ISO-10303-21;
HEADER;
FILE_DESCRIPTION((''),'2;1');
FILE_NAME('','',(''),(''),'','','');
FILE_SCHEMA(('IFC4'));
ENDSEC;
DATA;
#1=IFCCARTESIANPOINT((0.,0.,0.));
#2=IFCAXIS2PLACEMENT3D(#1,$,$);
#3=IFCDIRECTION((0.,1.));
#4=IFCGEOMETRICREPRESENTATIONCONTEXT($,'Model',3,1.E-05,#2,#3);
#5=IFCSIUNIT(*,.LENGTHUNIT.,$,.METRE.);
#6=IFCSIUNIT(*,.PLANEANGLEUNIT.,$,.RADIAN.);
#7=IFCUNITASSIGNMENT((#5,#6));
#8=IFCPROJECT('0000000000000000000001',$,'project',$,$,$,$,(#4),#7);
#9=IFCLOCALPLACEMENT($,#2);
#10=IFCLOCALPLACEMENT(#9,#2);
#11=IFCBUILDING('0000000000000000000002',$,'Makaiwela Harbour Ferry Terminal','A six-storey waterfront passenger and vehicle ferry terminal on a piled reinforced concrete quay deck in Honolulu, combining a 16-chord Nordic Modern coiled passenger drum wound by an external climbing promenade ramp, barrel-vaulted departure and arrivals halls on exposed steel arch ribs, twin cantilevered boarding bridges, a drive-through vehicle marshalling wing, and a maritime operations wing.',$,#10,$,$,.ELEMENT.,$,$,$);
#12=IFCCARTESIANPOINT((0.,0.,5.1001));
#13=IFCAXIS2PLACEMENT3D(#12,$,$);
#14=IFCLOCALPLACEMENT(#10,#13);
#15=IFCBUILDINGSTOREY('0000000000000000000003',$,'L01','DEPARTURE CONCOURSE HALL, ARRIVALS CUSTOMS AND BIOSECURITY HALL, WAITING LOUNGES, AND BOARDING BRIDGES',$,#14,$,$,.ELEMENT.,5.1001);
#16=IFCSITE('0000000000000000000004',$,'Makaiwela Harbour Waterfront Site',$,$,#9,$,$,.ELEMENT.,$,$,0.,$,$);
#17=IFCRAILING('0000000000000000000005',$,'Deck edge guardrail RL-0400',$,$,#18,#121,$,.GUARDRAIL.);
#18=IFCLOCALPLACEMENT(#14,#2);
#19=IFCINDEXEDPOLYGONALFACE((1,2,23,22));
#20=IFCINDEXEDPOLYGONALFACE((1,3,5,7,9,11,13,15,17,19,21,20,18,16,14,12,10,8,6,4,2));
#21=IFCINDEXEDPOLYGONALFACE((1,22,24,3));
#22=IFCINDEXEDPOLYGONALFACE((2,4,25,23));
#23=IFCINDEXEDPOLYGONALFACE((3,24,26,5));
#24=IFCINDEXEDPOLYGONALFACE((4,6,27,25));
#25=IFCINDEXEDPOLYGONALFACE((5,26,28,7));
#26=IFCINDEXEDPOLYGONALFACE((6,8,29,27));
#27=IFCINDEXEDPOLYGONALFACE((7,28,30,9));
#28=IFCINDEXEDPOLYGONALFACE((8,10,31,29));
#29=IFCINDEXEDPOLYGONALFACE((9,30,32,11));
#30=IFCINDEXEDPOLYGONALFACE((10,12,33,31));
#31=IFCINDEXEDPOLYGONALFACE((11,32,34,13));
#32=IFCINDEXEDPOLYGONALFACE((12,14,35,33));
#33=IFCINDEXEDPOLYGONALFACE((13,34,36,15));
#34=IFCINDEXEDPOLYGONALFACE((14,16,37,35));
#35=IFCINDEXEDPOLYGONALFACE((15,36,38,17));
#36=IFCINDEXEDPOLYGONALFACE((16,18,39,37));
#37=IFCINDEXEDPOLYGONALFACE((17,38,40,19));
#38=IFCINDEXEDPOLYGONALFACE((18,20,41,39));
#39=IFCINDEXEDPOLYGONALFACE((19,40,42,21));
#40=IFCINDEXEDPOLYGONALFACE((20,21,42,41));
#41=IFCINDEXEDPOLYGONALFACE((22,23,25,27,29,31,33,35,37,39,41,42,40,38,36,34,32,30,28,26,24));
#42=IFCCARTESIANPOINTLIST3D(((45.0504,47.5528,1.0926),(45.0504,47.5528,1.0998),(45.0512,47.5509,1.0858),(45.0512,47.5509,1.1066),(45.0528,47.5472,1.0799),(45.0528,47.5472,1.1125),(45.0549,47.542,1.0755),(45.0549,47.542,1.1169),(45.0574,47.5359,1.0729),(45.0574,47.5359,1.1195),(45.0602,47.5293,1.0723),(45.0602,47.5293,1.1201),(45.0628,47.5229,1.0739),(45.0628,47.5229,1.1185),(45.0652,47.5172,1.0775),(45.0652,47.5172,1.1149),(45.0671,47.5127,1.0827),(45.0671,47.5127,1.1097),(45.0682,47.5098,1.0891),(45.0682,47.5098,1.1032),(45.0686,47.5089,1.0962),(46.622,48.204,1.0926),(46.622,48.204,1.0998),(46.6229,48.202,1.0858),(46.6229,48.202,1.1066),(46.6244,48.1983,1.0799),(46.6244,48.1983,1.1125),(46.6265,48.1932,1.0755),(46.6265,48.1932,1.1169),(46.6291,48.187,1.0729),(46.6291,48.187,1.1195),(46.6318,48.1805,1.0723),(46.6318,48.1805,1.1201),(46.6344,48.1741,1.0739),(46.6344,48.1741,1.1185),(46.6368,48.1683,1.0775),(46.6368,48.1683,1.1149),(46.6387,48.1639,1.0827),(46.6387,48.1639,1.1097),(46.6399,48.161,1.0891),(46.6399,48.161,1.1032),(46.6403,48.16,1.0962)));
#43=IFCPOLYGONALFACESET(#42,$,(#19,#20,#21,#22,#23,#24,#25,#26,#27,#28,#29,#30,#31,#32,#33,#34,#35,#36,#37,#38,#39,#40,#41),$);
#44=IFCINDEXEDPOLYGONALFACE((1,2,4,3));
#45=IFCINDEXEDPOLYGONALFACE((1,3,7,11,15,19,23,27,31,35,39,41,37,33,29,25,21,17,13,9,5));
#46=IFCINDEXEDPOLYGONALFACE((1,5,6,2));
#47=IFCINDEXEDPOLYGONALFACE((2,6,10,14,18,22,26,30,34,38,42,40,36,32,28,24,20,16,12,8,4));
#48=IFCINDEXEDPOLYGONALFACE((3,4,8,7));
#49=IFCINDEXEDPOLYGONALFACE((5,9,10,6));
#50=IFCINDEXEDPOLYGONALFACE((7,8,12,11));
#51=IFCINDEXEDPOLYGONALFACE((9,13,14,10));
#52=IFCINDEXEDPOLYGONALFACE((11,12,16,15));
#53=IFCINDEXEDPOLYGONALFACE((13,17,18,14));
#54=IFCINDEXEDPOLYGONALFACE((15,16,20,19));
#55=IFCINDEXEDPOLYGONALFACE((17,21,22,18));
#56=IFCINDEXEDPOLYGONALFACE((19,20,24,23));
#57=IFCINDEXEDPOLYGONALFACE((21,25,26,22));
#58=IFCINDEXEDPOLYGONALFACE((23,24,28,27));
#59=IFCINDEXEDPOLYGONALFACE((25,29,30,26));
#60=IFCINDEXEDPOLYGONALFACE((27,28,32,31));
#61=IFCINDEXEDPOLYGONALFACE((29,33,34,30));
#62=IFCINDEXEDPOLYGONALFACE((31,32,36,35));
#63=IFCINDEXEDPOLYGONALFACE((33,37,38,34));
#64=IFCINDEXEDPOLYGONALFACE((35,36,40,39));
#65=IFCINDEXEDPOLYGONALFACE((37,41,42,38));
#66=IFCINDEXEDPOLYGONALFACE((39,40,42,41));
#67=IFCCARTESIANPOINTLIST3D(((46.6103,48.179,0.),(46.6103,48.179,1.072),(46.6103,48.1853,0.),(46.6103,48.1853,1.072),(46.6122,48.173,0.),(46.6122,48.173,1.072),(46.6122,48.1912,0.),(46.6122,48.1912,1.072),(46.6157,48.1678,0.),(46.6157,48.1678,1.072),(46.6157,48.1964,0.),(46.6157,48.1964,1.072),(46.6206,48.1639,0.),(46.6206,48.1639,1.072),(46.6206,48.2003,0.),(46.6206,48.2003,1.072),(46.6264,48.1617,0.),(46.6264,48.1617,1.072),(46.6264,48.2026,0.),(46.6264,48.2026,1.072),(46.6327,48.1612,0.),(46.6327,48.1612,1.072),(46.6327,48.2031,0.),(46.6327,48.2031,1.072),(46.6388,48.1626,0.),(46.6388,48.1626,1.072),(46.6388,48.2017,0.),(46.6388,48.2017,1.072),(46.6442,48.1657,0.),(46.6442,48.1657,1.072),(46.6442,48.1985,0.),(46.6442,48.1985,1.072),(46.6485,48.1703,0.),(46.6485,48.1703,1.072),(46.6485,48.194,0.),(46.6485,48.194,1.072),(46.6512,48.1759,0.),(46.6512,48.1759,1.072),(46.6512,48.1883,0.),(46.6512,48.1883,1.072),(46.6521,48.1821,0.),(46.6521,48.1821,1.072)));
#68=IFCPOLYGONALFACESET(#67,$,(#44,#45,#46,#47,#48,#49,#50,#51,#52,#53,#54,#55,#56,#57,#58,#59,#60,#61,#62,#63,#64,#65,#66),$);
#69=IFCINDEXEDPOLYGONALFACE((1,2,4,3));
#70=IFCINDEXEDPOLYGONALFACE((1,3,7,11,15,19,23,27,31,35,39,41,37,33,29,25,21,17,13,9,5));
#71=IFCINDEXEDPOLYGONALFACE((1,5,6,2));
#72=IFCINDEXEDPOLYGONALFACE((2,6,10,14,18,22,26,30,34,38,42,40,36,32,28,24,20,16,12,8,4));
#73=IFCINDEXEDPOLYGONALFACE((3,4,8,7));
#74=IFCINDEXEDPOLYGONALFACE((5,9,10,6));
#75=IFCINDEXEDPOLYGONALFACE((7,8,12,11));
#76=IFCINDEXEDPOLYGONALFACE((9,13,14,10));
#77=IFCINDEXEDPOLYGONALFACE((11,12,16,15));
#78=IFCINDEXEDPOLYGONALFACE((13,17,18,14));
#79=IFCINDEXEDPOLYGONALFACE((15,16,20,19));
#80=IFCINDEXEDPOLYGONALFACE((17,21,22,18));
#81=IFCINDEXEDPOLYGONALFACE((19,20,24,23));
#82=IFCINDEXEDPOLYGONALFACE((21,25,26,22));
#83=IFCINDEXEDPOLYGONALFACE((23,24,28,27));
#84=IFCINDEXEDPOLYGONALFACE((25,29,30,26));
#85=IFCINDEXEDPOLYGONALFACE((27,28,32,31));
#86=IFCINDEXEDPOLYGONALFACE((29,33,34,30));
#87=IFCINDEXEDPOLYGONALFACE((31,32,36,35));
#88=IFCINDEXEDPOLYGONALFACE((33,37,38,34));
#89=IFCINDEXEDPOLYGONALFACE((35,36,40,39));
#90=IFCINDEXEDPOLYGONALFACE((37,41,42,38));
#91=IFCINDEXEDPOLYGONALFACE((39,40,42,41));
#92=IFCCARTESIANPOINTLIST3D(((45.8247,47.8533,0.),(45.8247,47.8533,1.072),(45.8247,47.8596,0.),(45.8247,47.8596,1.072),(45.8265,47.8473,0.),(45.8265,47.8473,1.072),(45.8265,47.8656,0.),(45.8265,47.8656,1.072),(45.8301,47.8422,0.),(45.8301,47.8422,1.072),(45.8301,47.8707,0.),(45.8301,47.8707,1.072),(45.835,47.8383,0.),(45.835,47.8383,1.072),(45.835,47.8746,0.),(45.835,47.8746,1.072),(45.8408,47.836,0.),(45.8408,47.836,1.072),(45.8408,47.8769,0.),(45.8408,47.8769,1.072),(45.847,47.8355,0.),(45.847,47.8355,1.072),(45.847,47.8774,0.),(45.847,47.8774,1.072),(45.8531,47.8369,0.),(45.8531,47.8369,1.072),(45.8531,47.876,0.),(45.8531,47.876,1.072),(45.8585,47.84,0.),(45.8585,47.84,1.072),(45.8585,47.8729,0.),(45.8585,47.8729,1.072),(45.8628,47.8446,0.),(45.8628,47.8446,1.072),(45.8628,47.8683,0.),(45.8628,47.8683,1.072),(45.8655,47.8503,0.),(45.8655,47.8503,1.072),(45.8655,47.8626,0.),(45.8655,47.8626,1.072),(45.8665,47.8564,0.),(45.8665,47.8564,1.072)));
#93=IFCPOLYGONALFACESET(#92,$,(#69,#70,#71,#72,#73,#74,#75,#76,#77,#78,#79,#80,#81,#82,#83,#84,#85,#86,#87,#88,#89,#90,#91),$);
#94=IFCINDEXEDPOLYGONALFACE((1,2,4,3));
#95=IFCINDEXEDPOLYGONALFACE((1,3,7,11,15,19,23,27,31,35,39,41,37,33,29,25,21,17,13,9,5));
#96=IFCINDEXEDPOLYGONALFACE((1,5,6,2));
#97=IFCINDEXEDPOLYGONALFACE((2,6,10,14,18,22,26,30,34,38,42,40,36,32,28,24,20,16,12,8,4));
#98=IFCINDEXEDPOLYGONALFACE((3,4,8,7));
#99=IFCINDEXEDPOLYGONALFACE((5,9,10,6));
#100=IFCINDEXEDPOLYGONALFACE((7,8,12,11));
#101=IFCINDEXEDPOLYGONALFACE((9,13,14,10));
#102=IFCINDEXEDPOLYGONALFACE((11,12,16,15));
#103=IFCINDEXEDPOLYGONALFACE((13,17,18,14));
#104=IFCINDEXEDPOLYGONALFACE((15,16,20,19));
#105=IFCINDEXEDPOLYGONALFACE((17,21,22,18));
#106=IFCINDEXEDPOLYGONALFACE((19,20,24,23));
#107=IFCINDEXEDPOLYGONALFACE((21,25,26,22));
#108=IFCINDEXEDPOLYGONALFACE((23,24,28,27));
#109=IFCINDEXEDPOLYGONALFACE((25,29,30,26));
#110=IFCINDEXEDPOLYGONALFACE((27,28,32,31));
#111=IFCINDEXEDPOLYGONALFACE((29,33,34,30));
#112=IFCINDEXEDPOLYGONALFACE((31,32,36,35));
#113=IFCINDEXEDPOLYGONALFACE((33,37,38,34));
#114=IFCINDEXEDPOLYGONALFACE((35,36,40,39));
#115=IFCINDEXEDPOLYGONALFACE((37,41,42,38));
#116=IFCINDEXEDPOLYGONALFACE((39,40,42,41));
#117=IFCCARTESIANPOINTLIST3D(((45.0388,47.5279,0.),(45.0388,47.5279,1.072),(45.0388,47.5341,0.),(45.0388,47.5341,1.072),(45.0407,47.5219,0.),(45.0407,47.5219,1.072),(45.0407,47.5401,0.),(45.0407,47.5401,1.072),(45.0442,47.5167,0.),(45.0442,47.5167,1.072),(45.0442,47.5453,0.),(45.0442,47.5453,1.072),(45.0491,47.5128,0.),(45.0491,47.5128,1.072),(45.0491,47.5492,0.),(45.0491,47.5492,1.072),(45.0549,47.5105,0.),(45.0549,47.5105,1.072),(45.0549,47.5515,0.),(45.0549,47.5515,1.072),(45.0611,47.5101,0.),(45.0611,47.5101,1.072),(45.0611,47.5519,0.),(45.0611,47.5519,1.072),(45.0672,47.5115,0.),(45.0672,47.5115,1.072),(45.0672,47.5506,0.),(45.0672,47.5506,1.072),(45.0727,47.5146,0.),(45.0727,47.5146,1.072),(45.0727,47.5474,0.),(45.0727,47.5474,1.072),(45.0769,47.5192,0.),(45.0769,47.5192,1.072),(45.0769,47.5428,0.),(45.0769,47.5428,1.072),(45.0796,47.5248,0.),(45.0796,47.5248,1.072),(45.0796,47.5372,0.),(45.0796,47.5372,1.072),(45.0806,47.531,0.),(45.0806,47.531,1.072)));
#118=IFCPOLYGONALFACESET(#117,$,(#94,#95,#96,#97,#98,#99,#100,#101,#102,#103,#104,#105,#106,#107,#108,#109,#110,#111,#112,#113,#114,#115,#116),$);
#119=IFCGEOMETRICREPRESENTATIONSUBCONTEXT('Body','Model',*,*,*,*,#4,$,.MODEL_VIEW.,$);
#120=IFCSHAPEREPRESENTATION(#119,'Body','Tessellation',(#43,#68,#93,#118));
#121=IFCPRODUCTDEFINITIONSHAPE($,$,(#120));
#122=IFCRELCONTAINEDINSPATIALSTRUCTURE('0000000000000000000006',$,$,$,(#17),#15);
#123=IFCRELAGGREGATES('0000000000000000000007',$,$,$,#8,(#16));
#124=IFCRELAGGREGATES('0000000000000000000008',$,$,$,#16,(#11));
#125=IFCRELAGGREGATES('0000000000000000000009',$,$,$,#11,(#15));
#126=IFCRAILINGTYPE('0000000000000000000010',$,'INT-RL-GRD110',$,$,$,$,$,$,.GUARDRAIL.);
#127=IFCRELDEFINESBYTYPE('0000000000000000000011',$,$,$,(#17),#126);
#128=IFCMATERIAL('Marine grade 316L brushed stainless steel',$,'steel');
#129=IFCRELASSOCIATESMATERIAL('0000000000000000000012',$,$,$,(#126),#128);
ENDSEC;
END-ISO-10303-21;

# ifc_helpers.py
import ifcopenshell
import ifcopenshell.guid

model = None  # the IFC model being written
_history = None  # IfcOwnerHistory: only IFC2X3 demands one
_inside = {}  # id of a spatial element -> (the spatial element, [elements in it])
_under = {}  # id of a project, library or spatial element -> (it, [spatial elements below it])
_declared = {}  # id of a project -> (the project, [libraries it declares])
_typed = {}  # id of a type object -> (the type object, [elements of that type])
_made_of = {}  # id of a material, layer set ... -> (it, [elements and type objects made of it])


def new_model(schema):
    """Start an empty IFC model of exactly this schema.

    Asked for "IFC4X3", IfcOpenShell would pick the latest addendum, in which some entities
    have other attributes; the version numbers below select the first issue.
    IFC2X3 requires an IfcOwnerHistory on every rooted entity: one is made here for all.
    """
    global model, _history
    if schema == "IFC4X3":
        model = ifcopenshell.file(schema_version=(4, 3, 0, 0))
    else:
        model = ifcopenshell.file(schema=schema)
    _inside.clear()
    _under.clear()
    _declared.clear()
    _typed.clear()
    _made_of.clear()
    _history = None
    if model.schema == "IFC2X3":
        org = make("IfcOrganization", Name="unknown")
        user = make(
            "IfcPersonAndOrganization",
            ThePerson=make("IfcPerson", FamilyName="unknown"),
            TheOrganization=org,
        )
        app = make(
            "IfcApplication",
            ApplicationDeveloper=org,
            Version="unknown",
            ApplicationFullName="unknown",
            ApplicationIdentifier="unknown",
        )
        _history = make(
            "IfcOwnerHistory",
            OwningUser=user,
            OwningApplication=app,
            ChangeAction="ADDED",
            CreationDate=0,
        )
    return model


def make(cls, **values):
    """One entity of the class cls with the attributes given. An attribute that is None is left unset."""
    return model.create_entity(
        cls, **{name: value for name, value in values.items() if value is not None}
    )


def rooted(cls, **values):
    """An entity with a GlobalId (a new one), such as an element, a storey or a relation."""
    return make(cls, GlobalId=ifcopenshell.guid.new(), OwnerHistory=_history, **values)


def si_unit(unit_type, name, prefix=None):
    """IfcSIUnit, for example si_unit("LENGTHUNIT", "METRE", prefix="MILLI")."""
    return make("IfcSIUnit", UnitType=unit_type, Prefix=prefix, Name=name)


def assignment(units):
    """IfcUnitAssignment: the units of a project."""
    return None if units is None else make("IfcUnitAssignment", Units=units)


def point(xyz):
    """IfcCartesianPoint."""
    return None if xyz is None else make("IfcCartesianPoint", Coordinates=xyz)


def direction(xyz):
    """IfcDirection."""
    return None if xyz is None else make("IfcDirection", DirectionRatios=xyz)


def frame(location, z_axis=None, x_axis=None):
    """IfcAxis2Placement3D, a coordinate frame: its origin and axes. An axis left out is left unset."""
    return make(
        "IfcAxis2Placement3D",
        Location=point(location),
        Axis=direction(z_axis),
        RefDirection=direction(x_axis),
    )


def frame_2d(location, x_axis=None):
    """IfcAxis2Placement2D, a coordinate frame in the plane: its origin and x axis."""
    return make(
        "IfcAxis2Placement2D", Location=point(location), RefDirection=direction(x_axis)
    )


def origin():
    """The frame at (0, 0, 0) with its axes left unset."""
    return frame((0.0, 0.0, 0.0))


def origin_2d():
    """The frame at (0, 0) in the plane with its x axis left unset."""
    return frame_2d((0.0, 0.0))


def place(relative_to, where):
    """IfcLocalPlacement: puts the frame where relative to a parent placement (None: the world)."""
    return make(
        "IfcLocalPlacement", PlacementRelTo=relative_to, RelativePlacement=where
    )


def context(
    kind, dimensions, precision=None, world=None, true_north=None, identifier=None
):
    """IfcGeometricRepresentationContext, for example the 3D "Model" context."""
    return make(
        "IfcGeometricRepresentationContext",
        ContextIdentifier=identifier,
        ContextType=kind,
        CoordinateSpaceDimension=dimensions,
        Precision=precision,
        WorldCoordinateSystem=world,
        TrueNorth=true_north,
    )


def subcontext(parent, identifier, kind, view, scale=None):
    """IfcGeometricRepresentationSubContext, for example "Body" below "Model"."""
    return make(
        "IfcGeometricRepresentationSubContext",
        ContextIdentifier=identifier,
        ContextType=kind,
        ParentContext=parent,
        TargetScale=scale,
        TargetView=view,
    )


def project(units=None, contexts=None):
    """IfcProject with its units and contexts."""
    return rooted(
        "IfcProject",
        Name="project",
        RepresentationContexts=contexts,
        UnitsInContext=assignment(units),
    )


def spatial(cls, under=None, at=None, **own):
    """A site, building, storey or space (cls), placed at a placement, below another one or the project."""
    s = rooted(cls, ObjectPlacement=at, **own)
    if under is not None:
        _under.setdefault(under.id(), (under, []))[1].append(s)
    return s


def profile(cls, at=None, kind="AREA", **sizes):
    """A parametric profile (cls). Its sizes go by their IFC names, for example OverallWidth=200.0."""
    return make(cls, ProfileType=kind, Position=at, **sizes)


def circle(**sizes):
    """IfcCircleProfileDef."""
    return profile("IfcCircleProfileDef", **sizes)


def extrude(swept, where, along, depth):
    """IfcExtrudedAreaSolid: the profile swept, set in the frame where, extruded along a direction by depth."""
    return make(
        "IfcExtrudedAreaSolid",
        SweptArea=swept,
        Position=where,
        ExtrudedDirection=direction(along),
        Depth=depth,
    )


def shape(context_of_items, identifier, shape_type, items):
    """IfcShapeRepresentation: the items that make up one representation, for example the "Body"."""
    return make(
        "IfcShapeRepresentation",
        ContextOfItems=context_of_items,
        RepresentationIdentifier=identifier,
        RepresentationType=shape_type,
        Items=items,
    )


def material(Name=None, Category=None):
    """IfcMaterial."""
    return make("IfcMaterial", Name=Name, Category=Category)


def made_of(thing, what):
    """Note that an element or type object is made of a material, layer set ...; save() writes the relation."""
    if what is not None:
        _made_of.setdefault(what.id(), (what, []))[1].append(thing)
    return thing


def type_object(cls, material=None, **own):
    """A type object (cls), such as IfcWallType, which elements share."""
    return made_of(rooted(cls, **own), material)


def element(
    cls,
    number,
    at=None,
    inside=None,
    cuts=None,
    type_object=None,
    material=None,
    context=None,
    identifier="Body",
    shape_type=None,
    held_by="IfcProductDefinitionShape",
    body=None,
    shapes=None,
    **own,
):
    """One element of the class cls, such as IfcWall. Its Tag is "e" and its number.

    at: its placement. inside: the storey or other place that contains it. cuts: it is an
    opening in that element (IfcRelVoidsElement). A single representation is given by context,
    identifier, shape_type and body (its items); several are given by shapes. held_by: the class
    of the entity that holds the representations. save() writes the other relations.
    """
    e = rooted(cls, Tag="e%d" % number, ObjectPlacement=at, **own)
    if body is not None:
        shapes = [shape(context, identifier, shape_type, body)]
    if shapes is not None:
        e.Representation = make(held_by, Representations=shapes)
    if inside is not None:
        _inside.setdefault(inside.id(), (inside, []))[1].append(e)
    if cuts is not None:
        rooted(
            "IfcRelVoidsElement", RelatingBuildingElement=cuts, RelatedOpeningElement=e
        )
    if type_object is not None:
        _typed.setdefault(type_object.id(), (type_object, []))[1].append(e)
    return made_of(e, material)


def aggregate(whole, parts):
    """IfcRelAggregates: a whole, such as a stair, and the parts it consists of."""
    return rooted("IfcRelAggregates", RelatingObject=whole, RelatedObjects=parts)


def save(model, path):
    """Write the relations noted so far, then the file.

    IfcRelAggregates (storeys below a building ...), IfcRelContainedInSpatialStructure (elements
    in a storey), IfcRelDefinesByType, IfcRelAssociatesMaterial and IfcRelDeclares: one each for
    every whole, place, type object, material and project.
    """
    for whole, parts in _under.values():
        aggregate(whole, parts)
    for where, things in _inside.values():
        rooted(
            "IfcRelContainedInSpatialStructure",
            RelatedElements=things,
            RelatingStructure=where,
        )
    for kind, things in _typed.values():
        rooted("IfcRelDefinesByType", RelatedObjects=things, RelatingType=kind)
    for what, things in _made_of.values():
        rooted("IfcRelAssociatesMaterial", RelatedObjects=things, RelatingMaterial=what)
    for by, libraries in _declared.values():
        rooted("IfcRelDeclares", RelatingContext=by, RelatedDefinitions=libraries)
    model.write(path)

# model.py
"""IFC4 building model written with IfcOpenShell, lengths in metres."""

from ifc_helpers import new_model, si_unit, direction, frame, origin, origin_2d, place, context, subcontext, project, spatial, circle, extrude, material, type_object, element, save


model = new_model("IFC4")

# Units and contexts
model_context = context("Model", 3, precision=1e-05, world=origin(), true_north=direction((0.0, 1.0)))
body_context = subcontext(model_context, "Body", "Model", "MODEL_VIEW")
ifc_project = project(units=[si_unit("LENGTHUNIT", "METRE"), si_unit("PLANEANGLEUNIT", "RADIAN")], contexts=[model_context])

# Site, building, storey
site_placement = place(None, origin())
site = spatial("IfcSite", under=ifc_project, at=site_placement, Name="Makaiwela Harbour Waterfront Site", CompositionType="ELEMENT", RefElevation=0.0)
building_placement = place(site_placement, origin())
building = spatial("IfcBuilding", under=site, at=building_placement, Name="Makaiwela Harbour Ferry Terminal", Description="A six-storey waterfront passenger and vehicle ferry terminal on a piled reinforced concrete quay deck in Honolulu, combining a 16-chord Nordic Modern coiled passenger drum wound by an external climbing promenade ramp, barrel-vaulted departure and arrivals halls on exposed steel arch ribs, twin cantilevered boarding bridges, a drive-through vehicle marshalling wing, and a maritime operations wing.", CompositionType="ELEMENT")
storey_placement = place(building_placement, frame((0.0, 0.0, 5.1001)))
storey = spatial("IfcBuildingStorey", under=building, at=storey_placement, Name="L01", Description="DEPARTURE CONCOURSE HALL, ARRIVALS CUSTOMS AND BIOSECURITY HALL, WAITING LOUNGES, AND BOARDING BRIDGES", CompositionType="ELEMENT", Elevation=5.1001)

# Railing
ifc_material_1 = material(Name="Marine grade 316L brushed stainless steel", Category="steel")
railing_type = type_object("IfcRailingType", Name="INT-RL-GRD110", PredefinedType="GUARDRAIL", material=ifc_material_1)
railing_1_placement = place(storey_placement, frame((46.6311, 48.1821, 0.0)))
element("IfcRailing", 1, at=railing_1_placement, inside=storey, type_object=railing_type, Name="Deck edge guardrail RL-0400", PredefinedType="GUARDRAIL", context=body_context, shape_type="SweptSolid", body=[
    extrude(circle(Radius=0.0239, at=origin_2d()), frame((0.0, 0.0, 1.0962), z_axis=(-0.923844, -0.38277, 0.0), x_axis=(0.38277, -0.923844, 0.0)), (0.0, 0.0, 1.0), 1.7012),
    extrude(circle(Radius=0.021, at=origin_2d()), origin(), (0.0, 0.0, 1.0), 1.072),
    extrude(circle(Radius=0.021, at=origin_2d()), frame((-0.7856, -0.3257, 0.0)), (0.0, 0.0, 1.0), 1.072),
    extrude(circle(Radius=0.021, at=origin_2d()), frame((-1.5715, -0.6511, 0.0)), (0.0, 0.0, 1.0), 1.072),
])

save(model, "model.ifc")
